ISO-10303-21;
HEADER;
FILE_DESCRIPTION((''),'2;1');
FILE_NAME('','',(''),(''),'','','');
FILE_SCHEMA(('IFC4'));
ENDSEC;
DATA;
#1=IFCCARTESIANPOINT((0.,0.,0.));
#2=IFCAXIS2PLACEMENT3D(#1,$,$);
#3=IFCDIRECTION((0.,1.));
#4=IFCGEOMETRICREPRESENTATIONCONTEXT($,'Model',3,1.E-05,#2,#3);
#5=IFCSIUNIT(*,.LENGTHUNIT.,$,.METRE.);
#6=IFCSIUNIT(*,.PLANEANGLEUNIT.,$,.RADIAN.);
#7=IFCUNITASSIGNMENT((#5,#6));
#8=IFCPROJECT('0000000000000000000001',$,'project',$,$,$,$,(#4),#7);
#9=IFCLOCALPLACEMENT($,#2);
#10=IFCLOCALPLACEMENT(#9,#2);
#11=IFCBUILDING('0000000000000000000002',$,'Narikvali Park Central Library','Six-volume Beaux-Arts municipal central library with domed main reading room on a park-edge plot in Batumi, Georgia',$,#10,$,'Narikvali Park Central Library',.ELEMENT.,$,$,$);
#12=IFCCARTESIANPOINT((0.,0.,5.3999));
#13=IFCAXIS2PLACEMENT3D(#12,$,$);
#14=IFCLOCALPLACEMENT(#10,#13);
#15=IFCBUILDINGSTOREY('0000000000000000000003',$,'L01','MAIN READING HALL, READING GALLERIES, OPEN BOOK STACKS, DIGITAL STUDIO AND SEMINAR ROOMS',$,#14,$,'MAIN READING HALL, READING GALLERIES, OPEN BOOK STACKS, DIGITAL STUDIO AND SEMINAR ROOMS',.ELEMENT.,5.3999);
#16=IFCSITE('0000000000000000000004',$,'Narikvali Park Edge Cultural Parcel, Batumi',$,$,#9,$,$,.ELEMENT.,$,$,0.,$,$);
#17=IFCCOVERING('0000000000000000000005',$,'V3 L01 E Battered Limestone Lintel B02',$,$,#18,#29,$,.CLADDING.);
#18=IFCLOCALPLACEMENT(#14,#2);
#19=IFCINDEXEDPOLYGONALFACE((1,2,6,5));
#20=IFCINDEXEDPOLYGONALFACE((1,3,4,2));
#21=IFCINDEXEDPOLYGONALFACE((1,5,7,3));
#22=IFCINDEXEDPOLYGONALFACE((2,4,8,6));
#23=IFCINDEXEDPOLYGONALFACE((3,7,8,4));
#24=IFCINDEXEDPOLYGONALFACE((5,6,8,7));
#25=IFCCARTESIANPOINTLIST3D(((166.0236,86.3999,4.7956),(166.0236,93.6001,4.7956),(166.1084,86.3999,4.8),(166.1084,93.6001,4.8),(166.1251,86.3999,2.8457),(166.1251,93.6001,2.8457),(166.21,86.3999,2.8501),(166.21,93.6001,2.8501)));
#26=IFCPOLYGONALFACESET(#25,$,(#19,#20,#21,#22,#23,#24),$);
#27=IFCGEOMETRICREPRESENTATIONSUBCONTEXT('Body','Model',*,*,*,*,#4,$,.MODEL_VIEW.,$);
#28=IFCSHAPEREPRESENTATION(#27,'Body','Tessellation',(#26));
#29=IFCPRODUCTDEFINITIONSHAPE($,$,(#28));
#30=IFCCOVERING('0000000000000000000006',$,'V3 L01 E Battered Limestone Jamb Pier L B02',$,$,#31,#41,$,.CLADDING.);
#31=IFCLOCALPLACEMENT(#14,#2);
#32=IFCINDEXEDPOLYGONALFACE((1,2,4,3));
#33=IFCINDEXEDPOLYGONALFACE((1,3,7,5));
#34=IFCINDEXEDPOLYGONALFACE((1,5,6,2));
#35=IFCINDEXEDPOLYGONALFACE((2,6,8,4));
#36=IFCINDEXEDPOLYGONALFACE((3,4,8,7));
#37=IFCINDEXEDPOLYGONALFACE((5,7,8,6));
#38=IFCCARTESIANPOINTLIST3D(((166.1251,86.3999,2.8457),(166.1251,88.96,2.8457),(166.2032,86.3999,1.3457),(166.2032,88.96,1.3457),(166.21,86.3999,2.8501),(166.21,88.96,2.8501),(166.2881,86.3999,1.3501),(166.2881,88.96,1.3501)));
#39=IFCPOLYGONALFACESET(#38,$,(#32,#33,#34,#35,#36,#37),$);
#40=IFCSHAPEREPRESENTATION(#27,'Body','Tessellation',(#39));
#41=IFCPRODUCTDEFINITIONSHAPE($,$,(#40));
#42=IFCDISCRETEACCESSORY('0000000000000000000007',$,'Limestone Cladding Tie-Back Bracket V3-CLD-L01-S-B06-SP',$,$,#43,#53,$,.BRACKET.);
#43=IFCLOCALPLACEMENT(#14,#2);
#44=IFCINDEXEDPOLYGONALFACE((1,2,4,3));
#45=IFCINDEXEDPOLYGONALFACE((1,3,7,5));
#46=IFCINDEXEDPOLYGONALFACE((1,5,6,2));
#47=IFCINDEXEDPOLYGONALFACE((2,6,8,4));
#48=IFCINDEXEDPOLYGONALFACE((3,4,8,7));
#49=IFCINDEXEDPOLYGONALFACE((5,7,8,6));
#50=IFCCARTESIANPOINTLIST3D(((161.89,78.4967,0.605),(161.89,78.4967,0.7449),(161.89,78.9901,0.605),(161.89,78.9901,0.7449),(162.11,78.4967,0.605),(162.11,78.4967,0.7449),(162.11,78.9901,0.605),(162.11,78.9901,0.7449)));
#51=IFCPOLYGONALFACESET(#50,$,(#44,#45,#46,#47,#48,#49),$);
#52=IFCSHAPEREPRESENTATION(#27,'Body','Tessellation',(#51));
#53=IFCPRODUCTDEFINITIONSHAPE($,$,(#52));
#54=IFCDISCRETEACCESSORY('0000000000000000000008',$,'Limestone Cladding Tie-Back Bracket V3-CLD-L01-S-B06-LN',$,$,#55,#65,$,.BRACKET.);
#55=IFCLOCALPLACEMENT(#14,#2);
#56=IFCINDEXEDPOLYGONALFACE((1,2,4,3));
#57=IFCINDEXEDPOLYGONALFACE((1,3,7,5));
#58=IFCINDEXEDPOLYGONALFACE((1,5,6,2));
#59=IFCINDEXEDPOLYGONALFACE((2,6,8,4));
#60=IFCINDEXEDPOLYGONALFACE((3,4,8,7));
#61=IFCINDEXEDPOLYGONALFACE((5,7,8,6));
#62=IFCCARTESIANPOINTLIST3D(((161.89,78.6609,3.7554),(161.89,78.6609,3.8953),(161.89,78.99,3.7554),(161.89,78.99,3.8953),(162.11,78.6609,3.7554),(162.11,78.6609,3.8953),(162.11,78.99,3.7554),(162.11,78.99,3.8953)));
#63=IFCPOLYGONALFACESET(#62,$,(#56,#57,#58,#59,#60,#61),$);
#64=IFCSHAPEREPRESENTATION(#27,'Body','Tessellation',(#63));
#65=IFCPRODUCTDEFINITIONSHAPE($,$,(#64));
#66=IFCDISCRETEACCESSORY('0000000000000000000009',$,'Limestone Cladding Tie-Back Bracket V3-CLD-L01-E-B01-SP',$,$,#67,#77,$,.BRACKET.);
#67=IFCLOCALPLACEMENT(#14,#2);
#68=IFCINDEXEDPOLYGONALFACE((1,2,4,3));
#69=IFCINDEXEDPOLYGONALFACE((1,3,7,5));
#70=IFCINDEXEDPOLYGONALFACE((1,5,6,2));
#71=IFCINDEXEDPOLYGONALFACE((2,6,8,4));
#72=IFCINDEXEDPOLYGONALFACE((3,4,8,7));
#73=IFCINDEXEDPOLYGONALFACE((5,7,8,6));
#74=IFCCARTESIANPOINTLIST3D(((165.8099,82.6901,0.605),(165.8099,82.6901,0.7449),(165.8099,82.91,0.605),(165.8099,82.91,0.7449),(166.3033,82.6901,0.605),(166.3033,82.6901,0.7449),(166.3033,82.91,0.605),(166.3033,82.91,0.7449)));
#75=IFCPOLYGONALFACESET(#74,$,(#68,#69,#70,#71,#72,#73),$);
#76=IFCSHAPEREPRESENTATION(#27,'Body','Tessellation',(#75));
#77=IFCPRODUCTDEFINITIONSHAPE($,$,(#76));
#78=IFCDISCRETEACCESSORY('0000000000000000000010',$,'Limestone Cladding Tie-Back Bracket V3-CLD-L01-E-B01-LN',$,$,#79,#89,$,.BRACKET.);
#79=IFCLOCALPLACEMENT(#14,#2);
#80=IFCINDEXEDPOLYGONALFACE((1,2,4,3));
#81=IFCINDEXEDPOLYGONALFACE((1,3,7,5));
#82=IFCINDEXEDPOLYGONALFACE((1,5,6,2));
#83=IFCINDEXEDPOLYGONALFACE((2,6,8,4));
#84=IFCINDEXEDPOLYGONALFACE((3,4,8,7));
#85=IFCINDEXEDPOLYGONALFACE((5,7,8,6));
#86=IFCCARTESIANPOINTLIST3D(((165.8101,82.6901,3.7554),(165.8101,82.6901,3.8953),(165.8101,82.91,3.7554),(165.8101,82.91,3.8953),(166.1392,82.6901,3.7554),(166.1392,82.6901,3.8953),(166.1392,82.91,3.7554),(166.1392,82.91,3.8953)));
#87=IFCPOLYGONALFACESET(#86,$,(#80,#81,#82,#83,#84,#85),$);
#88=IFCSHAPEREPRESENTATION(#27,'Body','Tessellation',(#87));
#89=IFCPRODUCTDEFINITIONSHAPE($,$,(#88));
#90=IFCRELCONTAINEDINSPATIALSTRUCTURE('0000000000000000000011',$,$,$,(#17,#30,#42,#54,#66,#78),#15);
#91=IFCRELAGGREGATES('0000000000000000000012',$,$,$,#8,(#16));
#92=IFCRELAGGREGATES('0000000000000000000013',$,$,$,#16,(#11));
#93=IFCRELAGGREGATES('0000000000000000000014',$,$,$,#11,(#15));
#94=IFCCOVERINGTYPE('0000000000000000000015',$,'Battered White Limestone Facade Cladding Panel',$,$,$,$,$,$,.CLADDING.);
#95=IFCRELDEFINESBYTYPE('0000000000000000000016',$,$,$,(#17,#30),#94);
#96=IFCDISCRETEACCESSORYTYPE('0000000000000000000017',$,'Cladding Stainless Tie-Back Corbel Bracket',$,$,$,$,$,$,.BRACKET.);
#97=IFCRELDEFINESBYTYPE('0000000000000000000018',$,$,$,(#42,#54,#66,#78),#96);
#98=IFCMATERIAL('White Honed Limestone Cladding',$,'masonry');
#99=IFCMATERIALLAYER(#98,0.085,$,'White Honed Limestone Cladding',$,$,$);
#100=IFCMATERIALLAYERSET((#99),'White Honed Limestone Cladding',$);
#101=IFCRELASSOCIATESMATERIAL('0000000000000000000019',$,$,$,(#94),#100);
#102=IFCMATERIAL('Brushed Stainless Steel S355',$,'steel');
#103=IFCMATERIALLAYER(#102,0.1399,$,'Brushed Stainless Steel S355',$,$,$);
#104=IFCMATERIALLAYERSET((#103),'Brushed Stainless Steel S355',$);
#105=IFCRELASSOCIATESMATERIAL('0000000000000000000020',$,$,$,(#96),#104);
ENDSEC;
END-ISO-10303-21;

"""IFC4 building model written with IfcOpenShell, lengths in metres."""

from ifc_helpers import new_model, si_unit, direction, frame, origin, origin_2d, place, context, subcontext, project, spatial, polyline, rectangle, outline, extrude, material, layer, layer_set, type_object, element, save


model = new_model("IFC4")

# Units and contexts
model_context = context("Model", 3, precision=1e-05, world=origin(), true_north=direction((0.0, 1.0)))
body_context = subcontext(model_context, "Body", "Model", "MODEL_VIEW")
ifc_project = project(units=[si_unit("LENGTHUNIT", "METRE"), si_unit("PLANEANGLEUNIT", "RADIAN")], contexts=[model_context])

# Site, building, storey
site_placement = place(None, origin())
site = spatial("IfcSite", under=ifc_project, at=site_placement, Name="Narikvali Park Edge Cultural Parcel, Batumi", CompositionType="ELEMENT", RefElevation=0.0)
building_placement = place(site_placement, origin())
building = spatial("IfcBuilding", under=site, at=building_placement, Name="Narikvali Park Central Library", Description="Six-volume Beaux-Arts municipal central library with domed main reading room on a park-edge plot in Batumi, Georgia", LongName="Narikvali Park Central Library", CompositionType="ELEMENT")
storey_placement = place(building_placement, frame((0.0, 0.0, 5.3999)))
storey = spatial("IfcBuildingStorey", under=building, at=storey_placement, Name="L01", Description="MAIN READING HALL, READING GALLERIES, OPEN BOOK STACKS, DIGITAL STUDIO AND SEMINAR ROOMS", LongName="MAIN READING HALL, READING GALLERIES, OPEN BOOK STACKS, DIGITAL STUDIO AND SEMINAR ROOMS", CompositionType="ELEMENT", Elevation=5.3999)

# Coverings
ifc_material_1 = material(Name="White Honed Limestone Cladding", Category="masonry")
ifc_layer_1 = layer(ifc_material_1, 0.085, Name="White Honed Limestone Cladding")
ifc_layer_set_1 = layer_set([ifc_layer_1], Name="White Honed Limestone Cladding")
covering_type = type_object("IfcCoveringType", Name="Battered White Limestone Facade Cladding Panel", PredefinedType="CLADDING", material=ifc_layer_set_1)
covering_1_placement = place(storey_placement, frame((166.21, 86.3999, 2.8501), z_axis=(0.998646, 0.0, 0.052014), x_axis=(0.0, 1.0, 0.0)))
element("IfcCovering", 1, at=covering_1_placement, inside=storey, type_object=covering_type, Name="V3 L01 E Battered Limestone Lintel B02", PredefinedType="CLADDING", context=body_context, shape_type="SweptSolid", body=[
    extrude(outline(polyline([(0.0, 0.0), (7.2002, 0.0), (7.2002, 1.9526), (0.0, 1.9526), (0.0, 0.0)])), origin(), (0.0, 0.0, -1.0), 0.085),
])
covering_2_placement = place(storey_placement, frame((166.2881, 86.3999, 1.3501), z_axis=(0.998646, 0.0, 0.052013), x_axis=(0.0, 1.0, 0.0)))
element("IfcCovering", 2, at=covering_2_placement, inside=storey, type_object=covering_type, Name="V3 L01 E Battered Limestone Jamb Pier L B02", PredefinedType="CLADDING", context=body_context, shape_type="SweptSolid", body=[
    extrude(outline(polyline([(0.0, 0.0), (2.5601, 0.0), (2.5601, 1.502), (0.0, 1.502), (0.0, 0.0)])), origin(), (0.0, 0.0, -1.0), 0.085),
])

# Discrete accessories
ifc_material_2 = material(Name="Brushed Stainless Steel S355", Category="steel")
ifc_layer_2 = layer(ifc_material_2, 0.1399, Name="Brushed Stainless Steel S355")
ifc_layer_set_2 = layer_set([ifc_layer_2], Name="Brushed Stainless Steel S355")
discrete_accessory_type = type_object("IfcDiscreteAccessoryType", Name="Cladding Stainless Tie-Back Corbel Bracket", PredefinedType="BRACKET", material=ifc_layer_set_2)
discrete_accessory_1_placement = place(storey_placement, frame((162.0, 78.7434, 0.605), z_axis=(0.0, 0.0, 1.0), x_axis=(1.0, 0.0, 0.0)))
element("IfcDiscreteAccessory", 3, at=discrete_accessory_1_placement, inside=storey, type_object=discrete_accessory_type, Name="Limestone Cladding Tie-Back Bracket V3-CLD-L01-S-B06-SP", PredefinedType="BRACKET", context=body_context, shape_type="SweptSolid", body=[
    extrude(rectangle(XDim=0.22, YDim=0.4934, at=origin_2d()), origin(), (0.0, 0.0, 1.0), 0.1399),
])
discrete_accessory_2_placement = place(storey_placement, frame((162.0, 78.8254, 3.7554), z_axis=(0.0, 0.0, 1.0), x_axis=(1.0, 0.0, 0.0)))
element("IfcDiscreteAccessory", 4, at=discrete_accessory_2_placement, inside=storey, type_object=discrete_accessory_type, Name="Limestone Cladding Tie-Back Bracket V3-CLD-L01-S-B06-LN", PredefinedType="BRACKET", context=body_context, shape_type="SweptSolid", body=[
    extrude(rectangle(XDim=0.22, YDim=0.3291, at=origin_2d()), origin(), (0.0, 0.0, 1.0), 0.1399),
])
discrete_accessory_3_placement = place(storey_placement, frame((166.0566, 82.8, 0.605), z_axis=(0.0, 0.0, 1.0), x_axis=(1.0, 0.0, 0.0)))
element("IfcDiscreteAccessory", 5, at=discrete_accessory_3_placement, inside=storey, type_object=discrete_accessory_type, Name="Limestone Cladding Tie-Back Bracket V3-CLD-L01-E-B01-SP", PredefinedType="BRACKET", context=body_context, shape_type="SweptSolid", body=[
    extrude(rectangle(XDim=0.4934, YDim=0.22, at=origin_2d()), origin(), (0.0, 0.0, 1.0), 0.1399),
])
discrete_accessory_4_placement = place(storey_placement, frame((165.9746, 82.8, 3.7554), z_axis=(0.0, 0.0, 1.0), x_axis=(1.0, 0.0, 0.0)))
element("IfcDiscreteAccessory", 6, at=discrete_accessory_4_placement, inside=storey, type_object=discrete_accessory_type, Name="Limestone Cladding Tie-Back Bracket V3-CLD-L01-E-B01-LN", PredefinedType="BRACKET", context=body_context, shape_type="SweptSolid", body=[
    extrude(rectangle(XDim=0.3291, YDim=0.22, at=origin_2d()), origin(), (0.0, 0.0, 1.0), 0.1399),
])

save(model, "model.ifc")
